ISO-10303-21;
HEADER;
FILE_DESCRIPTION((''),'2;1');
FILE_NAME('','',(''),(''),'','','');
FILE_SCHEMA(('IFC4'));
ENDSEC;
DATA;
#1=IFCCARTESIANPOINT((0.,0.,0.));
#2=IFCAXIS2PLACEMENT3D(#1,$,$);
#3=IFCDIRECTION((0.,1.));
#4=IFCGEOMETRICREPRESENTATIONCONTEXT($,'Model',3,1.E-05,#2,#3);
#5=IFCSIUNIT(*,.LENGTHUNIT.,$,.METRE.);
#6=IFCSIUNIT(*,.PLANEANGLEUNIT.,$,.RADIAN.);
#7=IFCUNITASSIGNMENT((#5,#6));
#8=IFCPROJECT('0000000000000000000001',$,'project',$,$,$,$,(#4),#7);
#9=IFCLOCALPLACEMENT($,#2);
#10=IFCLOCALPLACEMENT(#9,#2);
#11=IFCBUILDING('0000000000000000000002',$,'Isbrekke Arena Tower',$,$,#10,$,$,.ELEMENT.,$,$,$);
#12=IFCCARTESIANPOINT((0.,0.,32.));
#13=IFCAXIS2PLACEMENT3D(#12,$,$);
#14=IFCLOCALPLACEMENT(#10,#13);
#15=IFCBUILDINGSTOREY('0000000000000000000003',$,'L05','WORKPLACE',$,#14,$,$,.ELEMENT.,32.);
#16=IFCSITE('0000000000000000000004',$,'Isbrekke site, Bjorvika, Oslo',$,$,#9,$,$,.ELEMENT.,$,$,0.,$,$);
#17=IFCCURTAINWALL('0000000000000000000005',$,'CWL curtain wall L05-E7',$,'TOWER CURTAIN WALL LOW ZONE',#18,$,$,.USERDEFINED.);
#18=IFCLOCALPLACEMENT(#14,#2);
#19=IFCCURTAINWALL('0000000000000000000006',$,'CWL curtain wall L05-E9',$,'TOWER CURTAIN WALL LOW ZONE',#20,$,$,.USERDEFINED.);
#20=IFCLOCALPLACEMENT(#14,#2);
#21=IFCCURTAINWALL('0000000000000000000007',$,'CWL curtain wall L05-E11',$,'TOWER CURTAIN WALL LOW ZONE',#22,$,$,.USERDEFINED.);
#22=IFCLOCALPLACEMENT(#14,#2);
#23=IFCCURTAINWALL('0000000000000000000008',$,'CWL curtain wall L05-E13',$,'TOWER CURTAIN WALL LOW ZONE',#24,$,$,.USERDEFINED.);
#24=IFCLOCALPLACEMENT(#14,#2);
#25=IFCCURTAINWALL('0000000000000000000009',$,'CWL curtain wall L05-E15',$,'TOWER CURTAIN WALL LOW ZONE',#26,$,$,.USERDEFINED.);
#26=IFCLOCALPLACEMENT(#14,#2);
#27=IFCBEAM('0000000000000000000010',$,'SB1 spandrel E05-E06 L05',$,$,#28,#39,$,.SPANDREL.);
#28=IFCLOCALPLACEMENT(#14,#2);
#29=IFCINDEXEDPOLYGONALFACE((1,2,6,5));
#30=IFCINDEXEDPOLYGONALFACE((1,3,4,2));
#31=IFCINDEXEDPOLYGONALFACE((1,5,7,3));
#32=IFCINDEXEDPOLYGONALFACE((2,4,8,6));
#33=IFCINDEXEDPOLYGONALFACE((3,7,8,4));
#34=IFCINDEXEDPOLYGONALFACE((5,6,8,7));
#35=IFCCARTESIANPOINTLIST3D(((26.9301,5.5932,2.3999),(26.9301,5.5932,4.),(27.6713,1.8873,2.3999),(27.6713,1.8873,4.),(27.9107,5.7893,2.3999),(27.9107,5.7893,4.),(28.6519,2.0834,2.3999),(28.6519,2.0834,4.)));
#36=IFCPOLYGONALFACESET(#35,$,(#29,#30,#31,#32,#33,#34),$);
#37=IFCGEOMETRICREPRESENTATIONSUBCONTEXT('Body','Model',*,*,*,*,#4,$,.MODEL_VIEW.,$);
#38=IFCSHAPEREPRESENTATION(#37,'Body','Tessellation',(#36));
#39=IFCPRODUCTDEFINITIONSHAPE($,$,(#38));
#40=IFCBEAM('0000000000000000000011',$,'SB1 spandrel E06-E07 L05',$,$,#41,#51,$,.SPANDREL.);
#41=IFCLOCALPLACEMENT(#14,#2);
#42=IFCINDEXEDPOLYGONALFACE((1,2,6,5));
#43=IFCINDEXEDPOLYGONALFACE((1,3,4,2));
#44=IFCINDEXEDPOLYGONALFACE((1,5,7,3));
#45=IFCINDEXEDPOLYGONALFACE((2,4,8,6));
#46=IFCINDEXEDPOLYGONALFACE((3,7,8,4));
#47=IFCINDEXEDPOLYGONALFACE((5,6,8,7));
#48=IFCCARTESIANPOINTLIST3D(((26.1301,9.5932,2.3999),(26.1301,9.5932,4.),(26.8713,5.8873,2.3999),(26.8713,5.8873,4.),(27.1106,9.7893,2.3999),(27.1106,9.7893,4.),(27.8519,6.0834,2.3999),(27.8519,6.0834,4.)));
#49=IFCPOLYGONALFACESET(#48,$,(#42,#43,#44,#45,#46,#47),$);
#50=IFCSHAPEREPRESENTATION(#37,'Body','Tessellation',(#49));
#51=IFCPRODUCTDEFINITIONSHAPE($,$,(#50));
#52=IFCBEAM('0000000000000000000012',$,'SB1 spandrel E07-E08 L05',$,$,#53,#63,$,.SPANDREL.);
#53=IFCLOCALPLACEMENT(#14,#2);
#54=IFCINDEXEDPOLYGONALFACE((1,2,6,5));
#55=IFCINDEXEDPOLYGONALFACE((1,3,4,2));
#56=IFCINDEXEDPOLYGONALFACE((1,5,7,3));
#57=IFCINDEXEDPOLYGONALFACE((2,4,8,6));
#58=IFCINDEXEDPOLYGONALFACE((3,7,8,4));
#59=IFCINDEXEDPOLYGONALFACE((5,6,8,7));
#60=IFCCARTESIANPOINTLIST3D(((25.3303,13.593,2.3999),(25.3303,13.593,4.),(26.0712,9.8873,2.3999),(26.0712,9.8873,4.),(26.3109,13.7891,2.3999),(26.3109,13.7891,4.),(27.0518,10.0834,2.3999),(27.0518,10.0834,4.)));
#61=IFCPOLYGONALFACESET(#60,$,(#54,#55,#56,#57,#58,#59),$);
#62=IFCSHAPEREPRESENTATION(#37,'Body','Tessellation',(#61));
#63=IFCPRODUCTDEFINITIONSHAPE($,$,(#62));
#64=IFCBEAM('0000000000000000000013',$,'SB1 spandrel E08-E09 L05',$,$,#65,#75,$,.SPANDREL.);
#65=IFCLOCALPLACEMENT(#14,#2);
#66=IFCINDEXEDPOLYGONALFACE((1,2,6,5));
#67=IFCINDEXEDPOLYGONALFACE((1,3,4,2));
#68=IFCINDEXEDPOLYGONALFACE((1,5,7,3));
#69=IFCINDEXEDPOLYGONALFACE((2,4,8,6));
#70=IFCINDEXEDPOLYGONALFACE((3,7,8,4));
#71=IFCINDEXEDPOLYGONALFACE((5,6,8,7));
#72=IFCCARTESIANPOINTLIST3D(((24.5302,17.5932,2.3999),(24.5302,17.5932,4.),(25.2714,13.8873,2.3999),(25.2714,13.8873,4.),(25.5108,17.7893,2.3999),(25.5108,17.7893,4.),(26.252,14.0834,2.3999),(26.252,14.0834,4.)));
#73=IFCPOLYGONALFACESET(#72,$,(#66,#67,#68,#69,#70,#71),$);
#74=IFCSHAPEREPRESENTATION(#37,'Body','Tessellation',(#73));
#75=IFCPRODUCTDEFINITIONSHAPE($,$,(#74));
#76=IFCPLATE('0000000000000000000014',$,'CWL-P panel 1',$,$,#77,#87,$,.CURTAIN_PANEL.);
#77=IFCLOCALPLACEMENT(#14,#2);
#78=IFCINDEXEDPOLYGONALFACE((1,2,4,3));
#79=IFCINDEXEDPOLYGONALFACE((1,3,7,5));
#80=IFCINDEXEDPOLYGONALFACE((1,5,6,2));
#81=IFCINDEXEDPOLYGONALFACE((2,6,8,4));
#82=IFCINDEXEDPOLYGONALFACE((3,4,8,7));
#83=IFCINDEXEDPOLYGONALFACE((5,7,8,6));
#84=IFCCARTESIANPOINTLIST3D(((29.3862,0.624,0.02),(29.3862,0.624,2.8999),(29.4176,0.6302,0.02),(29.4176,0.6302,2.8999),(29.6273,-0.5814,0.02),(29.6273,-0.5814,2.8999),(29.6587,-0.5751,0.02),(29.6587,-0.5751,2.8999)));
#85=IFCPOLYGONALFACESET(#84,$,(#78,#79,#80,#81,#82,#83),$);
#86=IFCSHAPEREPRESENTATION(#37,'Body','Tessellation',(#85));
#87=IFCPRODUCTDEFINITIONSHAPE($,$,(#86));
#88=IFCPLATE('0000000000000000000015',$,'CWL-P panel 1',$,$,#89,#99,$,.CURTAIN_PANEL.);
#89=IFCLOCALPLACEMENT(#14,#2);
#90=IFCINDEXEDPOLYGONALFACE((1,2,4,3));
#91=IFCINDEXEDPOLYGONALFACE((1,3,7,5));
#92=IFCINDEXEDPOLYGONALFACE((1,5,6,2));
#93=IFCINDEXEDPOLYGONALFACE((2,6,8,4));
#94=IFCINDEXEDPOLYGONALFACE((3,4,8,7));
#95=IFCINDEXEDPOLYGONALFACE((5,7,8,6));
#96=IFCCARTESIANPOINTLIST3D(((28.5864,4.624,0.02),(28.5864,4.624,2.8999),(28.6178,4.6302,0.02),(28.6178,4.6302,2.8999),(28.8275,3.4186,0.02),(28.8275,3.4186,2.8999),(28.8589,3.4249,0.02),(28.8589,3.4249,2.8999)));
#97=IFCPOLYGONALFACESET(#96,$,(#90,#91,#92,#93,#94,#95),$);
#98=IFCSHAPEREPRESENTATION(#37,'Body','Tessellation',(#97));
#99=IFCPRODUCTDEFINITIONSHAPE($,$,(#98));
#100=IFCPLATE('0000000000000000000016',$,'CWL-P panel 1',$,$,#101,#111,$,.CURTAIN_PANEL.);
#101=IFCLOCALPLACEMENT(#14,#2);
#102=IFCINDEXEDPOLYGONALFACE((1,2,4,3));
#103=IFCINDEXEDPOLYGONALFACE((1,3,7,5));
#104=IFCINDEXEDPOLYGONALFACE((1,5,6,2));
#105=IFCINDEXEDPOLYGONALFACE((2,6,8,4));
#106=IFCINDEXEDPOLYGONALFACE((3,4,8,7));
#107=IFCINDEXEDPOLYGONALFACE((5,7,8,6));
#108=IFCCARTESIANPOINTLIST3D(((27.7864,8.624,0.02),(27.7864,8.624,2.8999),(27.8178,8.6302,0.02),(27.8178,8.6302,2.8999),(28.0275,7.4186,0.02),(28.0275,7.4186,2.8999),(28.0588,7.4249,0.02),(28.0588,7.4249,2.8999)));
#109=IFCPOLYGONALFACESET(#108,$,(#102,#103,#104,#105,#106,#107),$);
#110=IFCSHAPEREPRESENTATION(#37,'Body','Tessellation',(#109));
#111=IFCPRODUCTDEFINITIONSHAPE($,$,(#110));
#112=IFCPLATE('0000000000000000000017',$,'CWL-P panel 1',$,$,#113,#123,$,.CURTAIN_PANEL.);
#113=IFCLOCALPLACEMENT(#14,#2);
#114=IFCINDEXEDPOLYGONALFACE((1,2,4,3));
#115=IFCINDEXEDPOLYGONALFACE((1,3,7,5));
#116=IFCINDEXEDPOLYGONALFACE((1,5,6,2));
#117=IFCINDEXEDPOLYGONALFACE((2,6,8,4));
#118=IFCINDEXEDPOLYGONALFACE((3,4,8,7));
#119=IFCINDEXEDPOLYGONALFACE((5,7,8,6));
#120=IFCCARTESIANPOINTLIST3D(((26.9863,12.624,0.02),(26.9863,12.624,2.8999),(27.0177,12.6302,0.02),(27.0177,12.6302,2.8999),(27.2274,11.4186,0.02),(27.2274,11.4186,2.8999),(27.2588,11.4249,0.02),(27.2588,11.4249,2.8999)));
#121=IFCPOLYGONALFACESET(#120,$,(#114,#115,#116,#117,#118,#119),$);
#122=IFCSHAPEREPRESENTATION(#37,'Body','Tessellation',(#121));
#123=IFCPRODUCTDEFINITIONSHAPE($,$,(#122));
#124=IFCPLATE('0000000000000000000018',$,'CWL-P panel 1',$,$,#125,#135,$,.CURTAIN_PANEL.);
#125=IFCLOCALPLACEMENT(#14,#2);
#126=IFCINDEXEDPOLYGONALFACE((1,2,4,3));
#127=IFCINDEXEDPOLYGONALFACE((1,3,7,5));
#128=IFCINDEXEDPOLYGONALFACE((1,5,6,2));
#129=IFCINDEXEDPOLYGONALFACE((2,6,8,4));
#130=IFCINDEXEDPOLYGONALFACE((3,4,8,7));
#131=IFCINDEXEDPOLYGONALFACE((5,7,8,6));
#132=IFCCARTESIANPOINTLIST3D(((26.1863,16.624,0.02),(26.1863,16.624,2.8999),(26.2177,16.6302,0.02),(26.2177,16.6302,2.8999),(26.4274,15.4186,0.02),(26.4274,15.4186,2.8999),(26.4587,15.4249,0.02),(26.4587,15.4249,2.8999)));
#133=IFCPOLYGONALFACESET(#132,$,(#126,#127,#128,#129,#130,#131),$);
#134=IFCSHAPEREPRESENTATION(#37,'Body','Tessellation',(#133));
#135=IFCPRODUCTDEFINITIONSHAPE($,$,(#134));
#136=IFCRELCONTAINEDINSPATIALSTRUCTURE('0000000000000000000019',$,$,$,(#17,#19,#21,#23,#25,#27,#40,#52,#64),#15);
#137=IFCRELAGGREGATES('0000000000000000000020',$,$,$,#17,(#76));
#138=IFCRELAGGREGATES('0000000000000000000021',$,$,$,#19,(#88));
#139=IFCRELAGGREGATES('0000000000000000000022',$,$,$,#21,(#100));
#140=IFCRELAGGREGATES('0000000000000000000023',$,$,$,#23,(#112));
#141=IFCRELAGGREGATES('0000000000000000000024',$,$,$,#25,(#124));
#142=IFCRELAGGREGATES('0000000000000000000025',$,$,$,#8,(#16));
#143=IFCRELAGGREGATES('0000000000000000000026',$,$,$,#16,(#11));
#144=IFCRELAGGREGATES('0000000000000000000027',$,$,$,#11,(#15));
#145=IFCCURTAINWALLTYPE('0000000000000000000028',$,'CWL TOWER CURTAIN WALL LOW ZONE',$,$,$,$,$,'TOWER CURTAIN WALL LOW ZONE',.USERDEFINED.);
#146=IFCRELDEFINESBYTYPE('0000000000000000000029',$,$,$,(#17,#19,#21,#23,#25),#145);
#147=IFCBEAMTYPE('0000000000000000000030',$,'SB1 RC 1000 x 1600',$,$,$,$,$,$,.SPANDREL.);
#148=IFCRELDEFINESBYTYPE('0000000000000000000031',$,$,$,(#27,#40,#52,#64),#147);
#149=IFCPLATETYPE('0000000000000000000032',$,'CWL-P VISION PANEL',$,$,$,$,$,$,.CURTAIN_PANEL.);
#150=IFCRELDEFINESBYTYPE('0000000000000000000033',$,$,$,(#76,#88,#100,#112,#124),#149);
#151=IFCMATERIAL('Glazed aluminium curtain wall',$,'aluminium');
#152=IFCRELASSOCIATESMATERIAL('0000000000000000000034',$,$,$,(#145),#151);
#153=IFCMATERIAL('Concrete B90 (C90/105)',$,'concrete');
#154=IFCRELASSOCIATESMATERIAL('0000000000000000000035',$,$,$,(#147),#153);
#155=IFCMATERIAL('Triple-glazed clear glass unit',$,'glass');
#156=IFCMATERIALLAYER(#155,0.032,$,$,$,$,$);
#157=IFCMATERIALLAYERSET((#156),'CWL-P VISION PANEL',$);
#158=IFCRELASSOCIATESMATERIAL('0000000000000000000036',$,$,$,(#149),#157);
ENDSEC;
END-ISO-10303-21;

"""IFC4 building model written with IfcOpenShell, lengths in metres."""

from ifc_helpers import new_model, si_unit, direction, frame, origin, origin_2d, place, context, subcontext, project, spatial, rectangle, extrude, material, layer, layer_set, material_profile, profile_set, type_object, element, aggregate, save


model = new_model("IFC4")

# Units and contexts
model_context = context("Model", 3, precision=1e-05, world=origin(), true_north=direction((0.0, 1.0)))
body_context = subcontext(model_context, "Body", "Model", "MODEL_VIEW")
ifc_project = project(units=[si_unit("LENGTHUNIT", "METRE"), si_unit("PLANEANGLEUNIT", "RADIAN")], contexts=[model_context])

# Site, building, storey
site_placement = place(None, origin())
site = spatial("IfcSite", under=ifc_project, at=site_placement, Name="Isbrekke site, Bjorvika, Oslo", CompositionType="ELEMENT", RefElevation=0.0)
building_placement = place(site_placement, origin())
building = spatial("IfcBuilding", under=site, at=building_placement, Name="Isbrekke Arena Tower", CompositionType="ELEMENT")
storey_placement = place(building_placement, frame((0.0, 0.0, 32.0)))
storey = spatial("IfcBuildingStorey", under=building, at=storey_placement, Name="L05", Description="WORKPLACE", CompositionType="ELEMENT", Elevation=32.0)

# Curtain wall
ifc_material_1 = material(Name="Glazed aluminium curtain wall", Category="aluminium")
curtain_wall_type = type_object("IfcCurtainWallType", Name="CWL TOWER CURTAIN WALL LOW ZONE", ElementType="TOWER CURTAIN WALL LOW ZONE", PredefinedType="USERDEFINED", material=ifc_material_1)
curtain_wall_1_placement = place(storey_placement, origin())
curtain_wall_1 = element("IfcCurtainWall", 1, at=curtain_wall_1_placement, inside=storey, type_object=curtain_wall_type, Name="CWL curtain wall L05-E7", ObjectType="TOWER CURTAIN WALL LOW ZONE", PredefinedType="USERDEFINED")

# Curtain walls
curtain_wall_2_placement = place(storey_placement, origin())
curtain_wall_2 = element("IfcCurtainWall", 2, at=curtain_wall_2_placement, inside=storey, type_object=curtain_wall_type, Name="CWL curtain wall L05-E9", ObjectType="TOWER CURTAIN WALL LOW ZONE", PredefinedType="USERDEFINED")
curtain_wall_3_placement = place(storey_placement, origin())
curtain_wall_3 = element("IfcCurtainWall", 3, at=curtain_wall_3_placement, inside=storey, type_object=curtain_wall_type, Name="CWL curtain wall L05-E11", ObjectType="TOWER CURTAIN WALL LOW ZONE", PredefinedType="USERDEFINED")
curtain_wall_4_placement = place(storey_placement, origin())
curtain_wall_4 = element("IfcCurtainWall", 4, at=curtain_wall_4_placement, inside=storey, type_object=curtain_wall_type, Name="CWL curtain wall L05-E13", ObjectType="TOWER CURTAIN WALL LOW ZONE", PredefinedType="USERDEFINED")
curtain_wall_5_placement = place(storey_placement, origin())
curtain_wall_5 = element("IfcCurtainWall", 5, at=curtain_wall_5_placement, inside=storey, type_object=curtain_wall_type, Name="CWL curtain wall L05-E15", ObjectType="TOWER CURTAIN WALL LOW ZONE", PredefinedType="USERDEFINED")

# Beams
ifc_material_2 = material(Name="Concrete B90 (C90/105)", Category="concrete")
ifc_material_profile_1 = material_profile(ifc_material_2, rectangle(XDim=1.0, YDim=1.6001, at=origin_2d()), Name="RC 1000x1600")
ifc_profile_set_1 = profile_set([ifc_material_profile_1], Name="Concrete B90 (C90/105)")
beam_type_1 = type_object("IfcBeamType", Name="SB1 RC 1000 x 1600", PredefinedType="SPANDREL", material=ifc_profile_set_1)
for number, where, z_axis, x_axis, name in (
    (6, (28.1616, 1.9854, 3.2), (-0.196129, 0.980578, 0.0), (-0.980578, -0.196129, 0.0), "SB1 spandrel E05-E06 L05"),
    (7, (27.3616, 5.9854, 3.2), (-0.196129, 0.980578, 0.0), (-0.980578, -0.196129, 0.0), "SB1 spandrel E06-E07 L05"),
):
    element("IfcBeam", number, at=place(storey_placement, frame(where, z_axis=z_axis, x_axis=x_axis)), inside=storey, type_object=beam_type_1, Name=name, PredefinedType="SPANDREL", context=body_context, shape_type="SweptSolid", body=[
        extrude(rectangle(XDim=1.0, YDim=1.6001, at=origin_2d()), origin(), (0.0, 0.0, 1.0), 3.7793),
    ])
beam_1_placement = place(storey_placement, frame((26.5615, 9.9854, 3.2), z_axis=(-0.196066, 0.980591, 0.0), x_axis=(-0.980591, -0.196066, 0.0)))
element("IfcBeam", 8, at=beam_1_placement, inside=storey, type_object=beam_type_1, Name="SB1 spandrel E07-E08 L05", PredefinedType="SPANDREL", context=body_context, shape_type="SweptSolid", body=[
    extrude(rectangle(XDim=1.0, YDim=1.6001, at=origin_2d()), origin(), (0.0, 0.0, 1.0), 3.7791),
])
beam_2_placement = place(storey_placement, frame((25.7617, 13.9854, 3.2), z_axis=(-0.196129, 0.980578, 0.0), x_axis=(-0.980578, -0.196129, 0.0)))
element("IfcBeam", 9, at=beam_2_placement, inside=storey, type_object=beam_type_1, Name="SB1 spandrel E08-E09 L05", PredefinedType="SPANDREL", context=body_context, shape_type="SweptSolid", body=[
    extrude(rectangle(XDim=1.0, YDim=1.6001, at=origin_2d()), origin(), (0.0, 0.0, 1.0), 3.7793),
])

# Plates
ifc_material_3 = material(Name="Triple-glazed clear glass unit", Category="glass")
ifc_layer = layer(ifc_material_3, 0.032)
ifc_layer_set = layer_set([ifc_layer], Name="CWL-P VISION PANEL")
plate_type = type_object("IfcPlateType", Name="CWL-P VISION PANEL", PredefinedType="CURTAIN_PANEL", material=ifc_layer_set)
plate_1_placement = place(storey_placement, frame((29.5225, 0.0244, 0.02), z_axis=(0.0, 0.0, 1.0), x_axis=(-0.196116, 0.980581, 0.0)))
plate_1 = element("IfcPlate", 10, at=plate_1_placement, type_object=plate_type, Name="CWL-P panel 1", PredefinedType="CURTAIN_PANEL", context=body_context, shape_type="SweptSolid", body=[
    extrude(rectangle(XDim=1.2292, YDim=0.032, at=origin_2d()), origin(), (0.0, 0.0, 1.0), 2.8799),
])
aggregate(curtain_wall_1, [plate_1])
plate_2_placement = place(storey_placement, frame((28.7227, 4.0244, 0.02), z_axis=(0.0, 0.0, 1.0), x_axis=(-0.196116, 0.980581, 0.0)))
plate_2 = element("IfcPlate", 11, at=plate_2_placement, type_object=plate_type, Name="CWL-P panel 1", PredefinedType="CURTAIN_PANEL", context=body_context, shape_type="SweptSolid", body=[
    extrude(rectangle(XDim=1.2292, YDim=0.032, at=origin_2d()), origin(), (0.0, 0.0, 1.0), 2.8799),
])
aggregate(curtain_wall_2, [plate_2])
plate_3_placement = place(storey_placement, frame((27.9226, 8.0244, 0.02), z_axis=(0.0, 0.0, 1.0), x_axis=(-0.196116, 0.980581, 0.0)))
plate_3 = element("IfcPlate", 12, at=plate_3_placement, type_object=plate_type, Name="CWL-P panel 1", PredefinedType="CURTAIN_PANEL", context=body_context, shape_type="SweptSolid", body=[
    extrude(rectangle(XDim=1.2292, YDim=0.032, at=origin_2d()), origin(), (0.0, 0.0, 1.0), 2.8799),
])
aggregate(curtain_wall_3, [plate_3])
plate_4_placement = place(storey_placement, frame((27.1226, 12.0244, 0.02), z_axis=(0.0, 0.0, 1.0), x_axis=(-0.196116, 0.980581, 0.0)))
plate_4 = element("IfcPlate", 13, at=plate_4_placement, type_object=plate_type, Name="CWL-P panel 1", PredefinedType="CURTAIN_PANEL", context=body_context, shape_type="SweptSolid", body=[
    extrude(rectangle(XDim=1.2292, YDim=0.032, at=origin_2d()), origin(), (0.0, 0.0, 1.0), 2.8799),
])
aggregate(curtain_wall_4, [plate_4])
plate_5_placement = place(storey_placement, frame((26.3225, 16.0244, 0.02), z_axis=(0.0, 0.0, 1.0), x_axis=(-0.196116, 0.980581, 0.0)))
plate_5 = element("IfcPlate", 14, at=plate_5_placement, type_object=plate_type, Name="CWL-P panel 1", PredefinedType="CURTAIN_PANEL", context=body_context, shape_type="SweptSolid", body=[
    extrude(rectangle(XDim=1.2292, YDim=0.032, at=origin_2d()), origin(), (0.0, 0.0, 1.0), 2.8799),
])
aggregate(curtain_wall_5, [plate_5])

save(model, "model.ifc")
